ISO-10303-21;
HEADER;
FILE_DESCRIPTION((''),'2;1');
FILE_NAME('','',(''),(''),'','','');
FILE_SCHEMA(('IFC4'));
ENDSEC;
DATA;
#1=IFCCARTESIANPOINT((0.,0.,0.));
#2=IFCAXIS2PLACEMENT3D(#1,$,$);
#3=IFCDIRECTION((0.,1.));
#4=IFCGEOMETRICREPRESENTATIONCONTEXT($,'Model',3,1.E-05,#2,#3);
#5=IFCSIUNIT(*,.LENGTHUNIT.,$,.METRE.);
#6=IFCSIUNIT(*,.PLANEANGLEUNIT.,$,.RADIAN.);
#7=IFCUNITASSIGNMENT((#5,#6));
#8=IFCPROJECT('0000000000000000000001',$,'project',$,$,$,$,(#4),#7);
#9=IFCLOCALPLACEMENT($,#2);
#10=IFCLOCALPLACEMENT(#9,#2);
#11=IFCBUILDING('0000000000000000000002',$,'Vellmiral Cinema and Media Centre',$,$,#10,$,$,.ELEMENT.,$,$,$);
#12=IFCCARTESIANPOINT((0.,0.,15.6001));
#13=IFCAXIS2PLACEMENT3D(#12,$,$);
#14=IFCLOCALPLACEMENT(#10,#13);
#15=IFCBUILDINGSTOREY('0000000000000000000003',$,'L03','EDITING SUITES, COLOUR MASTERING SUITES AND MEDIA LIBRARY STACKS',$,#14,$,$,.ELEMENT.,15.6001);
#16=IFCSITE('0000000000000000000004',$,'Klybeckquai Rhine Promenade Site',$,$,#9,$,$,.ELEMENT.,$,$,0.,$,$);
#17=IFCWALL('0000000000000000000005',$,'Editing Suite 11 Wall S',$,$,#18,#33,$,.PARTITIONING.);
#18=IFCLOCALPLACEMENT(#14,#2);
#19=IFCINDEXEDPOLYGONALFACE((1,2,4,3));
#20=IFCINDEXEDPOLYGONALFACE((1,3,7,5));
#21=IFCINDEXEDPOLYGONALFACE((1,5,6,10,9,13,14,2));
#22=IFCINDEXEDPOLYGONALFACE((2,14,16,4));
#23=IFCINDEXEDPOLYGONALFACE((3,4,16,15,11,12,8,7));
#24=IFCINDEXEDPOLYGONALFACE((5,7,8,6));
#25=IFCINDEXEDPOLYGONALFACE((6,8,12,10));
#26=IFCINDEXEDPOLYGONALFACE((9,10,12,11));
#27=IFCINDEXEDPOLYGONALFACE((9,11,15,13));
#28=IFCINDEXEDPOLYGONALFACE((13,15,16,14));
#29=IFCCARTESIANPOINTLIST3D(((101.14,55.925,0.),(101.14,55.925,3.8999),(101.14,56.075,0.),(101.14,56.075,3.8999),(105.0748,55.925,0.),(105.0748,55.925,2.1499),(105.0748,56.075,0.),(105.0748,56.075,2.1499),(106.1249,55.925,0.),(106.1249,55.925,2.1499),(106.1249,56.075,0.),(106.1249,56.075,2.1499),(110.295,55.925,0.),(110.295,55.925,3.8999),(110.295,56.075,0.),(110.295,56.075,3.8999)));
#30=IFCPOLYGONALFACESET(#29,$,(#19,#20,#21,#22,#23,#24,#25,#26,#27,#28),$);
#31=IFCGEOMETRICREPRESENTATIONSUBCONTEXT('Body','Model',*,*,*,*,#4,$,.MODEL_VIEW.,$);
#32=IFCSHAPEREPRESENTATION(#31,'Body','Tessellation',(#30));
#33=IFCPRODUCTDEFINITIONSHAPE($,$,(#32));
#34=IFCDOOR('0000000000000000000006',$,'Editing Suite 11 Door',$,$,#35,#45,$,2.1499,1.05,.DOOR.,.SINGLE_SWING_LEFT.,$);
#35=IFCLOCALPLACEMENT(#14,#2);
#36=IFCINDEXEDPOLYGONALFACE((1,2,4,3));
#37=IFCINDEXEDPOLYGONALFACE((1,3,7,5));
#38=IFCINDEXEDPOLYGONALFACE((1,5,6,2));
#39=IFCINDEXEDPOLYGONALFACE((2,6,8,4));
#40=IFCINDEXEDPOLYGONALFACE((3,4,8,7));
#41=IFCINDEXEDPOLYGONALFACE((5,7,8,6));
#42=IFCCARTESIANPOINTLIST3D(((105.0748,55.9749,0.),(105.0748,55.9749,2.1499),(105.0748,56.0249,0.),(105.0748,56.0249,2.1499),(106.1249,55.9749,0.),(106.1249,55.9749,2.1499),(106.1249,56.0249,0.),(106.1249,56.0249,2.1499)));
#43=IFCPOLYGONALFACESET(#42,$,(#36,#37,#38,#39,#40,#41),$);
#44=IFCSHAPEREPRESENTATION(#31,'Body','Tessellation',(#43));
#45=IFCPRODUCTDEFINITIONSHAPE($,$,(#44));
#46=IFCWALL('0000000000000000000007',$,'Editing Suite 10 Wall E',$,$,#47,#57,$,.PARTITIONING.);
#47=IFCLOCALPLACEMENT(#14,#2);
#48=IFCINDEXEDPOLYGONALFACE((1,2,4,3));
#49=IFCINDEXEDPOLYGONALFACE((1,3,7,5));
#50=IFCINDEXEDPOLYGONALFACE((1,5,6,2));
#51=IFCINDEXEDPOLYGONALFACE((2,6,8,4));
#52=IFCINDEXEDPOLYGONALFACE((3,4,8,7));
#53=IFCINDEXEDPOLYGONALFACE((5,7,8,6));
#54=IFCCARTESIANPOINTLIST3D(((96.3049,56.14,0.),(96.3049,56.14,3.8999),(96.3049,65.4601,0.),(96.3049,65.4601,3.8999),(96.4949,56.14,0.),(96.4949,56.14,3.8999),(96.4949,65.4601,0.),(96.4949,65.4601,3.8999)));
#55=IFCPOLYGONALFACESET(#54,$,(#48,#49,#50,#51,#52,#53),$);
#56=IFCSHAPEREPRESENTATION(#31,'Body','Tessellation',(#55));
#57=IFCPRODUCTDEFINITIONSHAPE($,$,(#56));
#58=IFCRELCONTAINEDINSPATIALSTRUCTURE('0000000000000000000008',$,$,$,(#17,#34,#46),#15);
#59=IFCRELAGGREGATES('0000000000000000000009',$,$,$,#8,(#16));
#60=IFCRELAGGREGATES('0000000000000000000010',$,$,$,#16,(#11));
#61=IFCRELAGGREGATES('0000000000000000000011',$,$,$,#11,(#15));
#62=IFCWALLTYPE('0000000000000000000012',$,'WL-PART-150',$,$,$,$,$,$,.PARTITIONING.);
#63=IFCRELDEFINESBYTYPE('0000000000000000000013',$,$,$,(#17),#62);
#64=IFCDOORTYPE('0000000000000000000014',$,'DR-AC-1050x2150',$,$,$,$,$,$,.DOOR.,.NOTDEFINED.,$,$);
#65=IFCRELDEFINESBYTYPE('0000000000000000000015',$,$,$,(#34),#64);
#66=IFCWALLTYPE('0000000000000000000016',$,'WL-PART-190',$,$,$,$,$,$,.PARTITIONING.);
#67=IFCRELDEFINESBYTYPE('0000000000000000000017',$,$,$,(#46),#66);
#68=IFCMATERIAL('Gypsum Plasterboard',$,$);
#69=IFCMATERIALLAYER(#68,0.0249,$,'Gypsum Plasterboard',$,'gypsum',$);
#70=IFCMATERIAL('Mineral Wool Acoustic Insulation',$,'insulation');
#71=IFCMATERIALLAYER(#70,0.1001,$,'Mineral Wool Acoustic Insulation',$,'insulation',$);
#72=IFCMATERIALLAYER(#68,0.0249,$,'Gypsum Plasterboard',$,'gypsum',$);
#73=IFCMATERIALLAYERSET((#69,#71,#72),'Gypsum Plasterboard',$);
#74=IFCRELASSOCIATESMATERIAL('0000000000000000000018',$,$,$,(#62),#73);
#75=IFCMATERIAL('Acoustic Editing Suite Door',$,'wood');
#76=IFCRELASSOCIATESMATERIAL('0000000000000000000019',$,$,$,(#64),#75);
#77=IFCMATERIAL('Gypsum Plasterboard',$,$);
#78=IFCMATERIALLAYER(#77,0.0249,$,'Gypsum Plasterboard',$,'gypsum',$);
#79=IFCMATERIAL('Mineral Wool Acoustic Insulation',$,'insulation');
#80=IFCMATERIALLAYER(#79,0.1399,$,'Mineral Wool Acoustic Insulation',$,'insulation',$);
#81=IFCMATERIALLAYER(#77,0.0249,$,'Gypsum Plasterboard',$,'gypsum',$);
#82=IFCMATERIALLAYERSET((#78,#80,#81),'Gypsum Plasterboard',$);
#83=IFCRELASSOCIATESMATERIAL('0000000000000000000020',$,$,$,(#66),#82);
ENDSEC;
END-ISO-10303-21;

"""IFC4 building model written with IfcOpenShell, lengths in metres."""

from ifc_helpers import new_model, si_unit, direction, frame, frame_2d, origin, place, context, subcontext, project, spatial, rectangle, extrude, material, layer, layer_set, type_object, element, fill, save


model = new_model("IFC4")

# Units and contexts
model_context = context("Model", 3, precision=1e-05, world=origin(), true_north=direction((0.0, 1.0)))
body_context = subcontext(model_context, "Body", "Model", "MODEL_VIEW")
ifc_project = project(units=[si_unit("LENGTHUNIT", "METRE"), si_unit("PLANEANGLEUNIT", "RADIAN")], contexts=[model_context])

# Site, building, storey
site_placement = place(None, origin())
site = spatial("IfcSite", under=ifc_project, at=site_placement, Name="Klybeckquai Rhine Promenade Site", CompositionType="ELEMENT", RefElevation=0.0)
building_placement = place(site_placement, origin())
building = spatial("IfcBuilding", under=site, at=building_placement, Name="Vellmiral Cinema and Media Centre", CompositionType="ELEMENT")
storey_placement = place(building_placement, frame((0.0, 0.0, 15.6001)))
storey = spatial("IfcBuildingStorey", under=building, at=storey_placement, Name="L03", Description="EDITING SUITES, COLOUR MASTERING SUITES AND MEDIA LIBRARY STACKS", CompositionType="ELEMENT", Elevation=15.6001)

# Wall, opening, door
ifc_material_1 = material(Name="Gypsum Plasterboard")
ifc_layer_1 = layer(ifc_material_1, 0.0249, Name="Gypsum Plasterboard", Category="gypsum")
ifc_material_2 = material(Name="Mineral Wool Acoustic Insulation", Category="insulation")
ifc_layer_2 = layer(ifc_material_2, 0.1001, Name="Mineral Wool Acoustic Insulation", Category="insulation")
ifc_layer_3 = layer(ifc_material_1, 0.0249, Name="Gypsum Plasterboard", Category="gypsum")
ifc_layer_set_1 = layer_set([ifc_layer_1, ifc_layer_2, ifc_layer_3], Name="Gypsum Plasterboard")
wall_type_1 = type_object("IfcWallType", Name="WL-PART-150", PredefinedType="PARTITIONING", material=ifc_layer_set_1)
wall_1_placement = place(storey_placement, frame((101.1399, 56.0, 0.0), z_axis=(0.0, 0.0, 1.0), x_axis=(1.0, 0.0, 0.0)))
wall_1 = element("IfcWall", 1, at=wall_1_placement, inside=storey, type_object=wall_type_1, Name="Editing Suite 11 Wall S", PredefinedType="PARTITIONING", context=body_context, shape_type="SweptSolid", body=[
    extrude(rectangle(XDim=9.155, YDim=0.1499, at=frame_2d((4.5776, 0.0))), origin(), (0.0, 0.0, 1.0), 3.8999),
])
opening_1_placement = place(wall_1_placement, frame((3.9351, 0.0, 0.0)))
opening_1 = element("IfcOpeningElement", 2, at=opening_1_placement, cuts=wall_1, PredefinedType="OPENING", context=body_context, shape_type="SweptSolid", body=[
    extrude(rectangle(XDim=1.05, YDim=2.1499, at=frame_2d((0.5249, 1.075))), frame((0.0, 0.0869, 0.0), z_axis=(0.0, -1.0, 0.0), x_axis=(1.0, 0.0, 0.0)), (0.0, 0.0, 1.0), 0.1738),
])
ifc_material_3 = material(Name="Acoustic Editing Suite Door", Category="wood")
door_type_1 = type_object("IfcDoorType", Name="DR-AC-1050x2150", OperationType="NOTDEFINED", PredefinedType="DOOR", material=ifc_material_3)
door_1_placement = place(opening_1_placement, origin())
door_1 = element("IfcDoor", 3, at=door_1_placement, inside=storey, type_object=door_type_1, Name="Editing Suite 11 Door", OperationType="SINGLE_SWING_LEFT", OverallHeight=2.1499, OverallWidth=1.05, PredefinedType="DOOR", context=body_context, shape_type="SweptSolid", body=[
    extrude(rectangle(XDim=1.05, YDim=2.1499, at=frame_2d((0.5249, 1.075))), frame((0.0, 0.0249, 0.0), z_axis=(0.0, -1.0, 0.0), x_axis=(1.0, 0.0, 0.0)), (0.0, 0.0, 1.0), 0.05),
])
fill(opening_1, door_1)

# Wall
ifc_material_4 = material(Name="Gypsum Plasterboard")
ifc_layer_4 = layer(ifc_material_4, 0.0249, Name="Gypsum Plasterboard", Category="gypsum")
ifc_material_5 = material(Name="Mineral Wool Acoustic Insulation", Category="insulation")
ifc_layer_5 = layer(ifc_material_5, 0.1399, Name="Mineral Wool Acoustic Insulation", Category="insulation")
ifc_layer_6 = layer(ifc_material_4, 0.0249, Name="Gypsum Plasterboard", Category="gypsum")
ifc_layer_set_2 = layer_set([ifc_layer_4, ifc_layer_5, ifc_layer_6], Name="Gypsum Plasterboard")
wall_type_2 = type_object("IfcWallType", Name="WL-PART-190", PredefinedType="PARTITIONING", material=ifc_layer_set_2)
wall_2_placement = place(storey_placement, frame((96.3999, 56.1399, 0.0), z_axis=(0.0, 0.0, 1.0), x_axis=(0.0, 1.0, 0.0)))
element("IfcWall", 4, at=wall_2_placement, inside=storey, type_object=wall_type_2, Name="Editing Suite 10 Wall E", PredefinedType="PARTITIONING", context=body_context, shape_type="SweptSolid", body=[
    extrude(rectangle(XDim=9.3201, YDim=0.1899, at=frame_2d((4.6602, 0.0))), origin(), (0.0, 0.0, 1.0), 3.8999),
])

save(model, "model.ifc")
